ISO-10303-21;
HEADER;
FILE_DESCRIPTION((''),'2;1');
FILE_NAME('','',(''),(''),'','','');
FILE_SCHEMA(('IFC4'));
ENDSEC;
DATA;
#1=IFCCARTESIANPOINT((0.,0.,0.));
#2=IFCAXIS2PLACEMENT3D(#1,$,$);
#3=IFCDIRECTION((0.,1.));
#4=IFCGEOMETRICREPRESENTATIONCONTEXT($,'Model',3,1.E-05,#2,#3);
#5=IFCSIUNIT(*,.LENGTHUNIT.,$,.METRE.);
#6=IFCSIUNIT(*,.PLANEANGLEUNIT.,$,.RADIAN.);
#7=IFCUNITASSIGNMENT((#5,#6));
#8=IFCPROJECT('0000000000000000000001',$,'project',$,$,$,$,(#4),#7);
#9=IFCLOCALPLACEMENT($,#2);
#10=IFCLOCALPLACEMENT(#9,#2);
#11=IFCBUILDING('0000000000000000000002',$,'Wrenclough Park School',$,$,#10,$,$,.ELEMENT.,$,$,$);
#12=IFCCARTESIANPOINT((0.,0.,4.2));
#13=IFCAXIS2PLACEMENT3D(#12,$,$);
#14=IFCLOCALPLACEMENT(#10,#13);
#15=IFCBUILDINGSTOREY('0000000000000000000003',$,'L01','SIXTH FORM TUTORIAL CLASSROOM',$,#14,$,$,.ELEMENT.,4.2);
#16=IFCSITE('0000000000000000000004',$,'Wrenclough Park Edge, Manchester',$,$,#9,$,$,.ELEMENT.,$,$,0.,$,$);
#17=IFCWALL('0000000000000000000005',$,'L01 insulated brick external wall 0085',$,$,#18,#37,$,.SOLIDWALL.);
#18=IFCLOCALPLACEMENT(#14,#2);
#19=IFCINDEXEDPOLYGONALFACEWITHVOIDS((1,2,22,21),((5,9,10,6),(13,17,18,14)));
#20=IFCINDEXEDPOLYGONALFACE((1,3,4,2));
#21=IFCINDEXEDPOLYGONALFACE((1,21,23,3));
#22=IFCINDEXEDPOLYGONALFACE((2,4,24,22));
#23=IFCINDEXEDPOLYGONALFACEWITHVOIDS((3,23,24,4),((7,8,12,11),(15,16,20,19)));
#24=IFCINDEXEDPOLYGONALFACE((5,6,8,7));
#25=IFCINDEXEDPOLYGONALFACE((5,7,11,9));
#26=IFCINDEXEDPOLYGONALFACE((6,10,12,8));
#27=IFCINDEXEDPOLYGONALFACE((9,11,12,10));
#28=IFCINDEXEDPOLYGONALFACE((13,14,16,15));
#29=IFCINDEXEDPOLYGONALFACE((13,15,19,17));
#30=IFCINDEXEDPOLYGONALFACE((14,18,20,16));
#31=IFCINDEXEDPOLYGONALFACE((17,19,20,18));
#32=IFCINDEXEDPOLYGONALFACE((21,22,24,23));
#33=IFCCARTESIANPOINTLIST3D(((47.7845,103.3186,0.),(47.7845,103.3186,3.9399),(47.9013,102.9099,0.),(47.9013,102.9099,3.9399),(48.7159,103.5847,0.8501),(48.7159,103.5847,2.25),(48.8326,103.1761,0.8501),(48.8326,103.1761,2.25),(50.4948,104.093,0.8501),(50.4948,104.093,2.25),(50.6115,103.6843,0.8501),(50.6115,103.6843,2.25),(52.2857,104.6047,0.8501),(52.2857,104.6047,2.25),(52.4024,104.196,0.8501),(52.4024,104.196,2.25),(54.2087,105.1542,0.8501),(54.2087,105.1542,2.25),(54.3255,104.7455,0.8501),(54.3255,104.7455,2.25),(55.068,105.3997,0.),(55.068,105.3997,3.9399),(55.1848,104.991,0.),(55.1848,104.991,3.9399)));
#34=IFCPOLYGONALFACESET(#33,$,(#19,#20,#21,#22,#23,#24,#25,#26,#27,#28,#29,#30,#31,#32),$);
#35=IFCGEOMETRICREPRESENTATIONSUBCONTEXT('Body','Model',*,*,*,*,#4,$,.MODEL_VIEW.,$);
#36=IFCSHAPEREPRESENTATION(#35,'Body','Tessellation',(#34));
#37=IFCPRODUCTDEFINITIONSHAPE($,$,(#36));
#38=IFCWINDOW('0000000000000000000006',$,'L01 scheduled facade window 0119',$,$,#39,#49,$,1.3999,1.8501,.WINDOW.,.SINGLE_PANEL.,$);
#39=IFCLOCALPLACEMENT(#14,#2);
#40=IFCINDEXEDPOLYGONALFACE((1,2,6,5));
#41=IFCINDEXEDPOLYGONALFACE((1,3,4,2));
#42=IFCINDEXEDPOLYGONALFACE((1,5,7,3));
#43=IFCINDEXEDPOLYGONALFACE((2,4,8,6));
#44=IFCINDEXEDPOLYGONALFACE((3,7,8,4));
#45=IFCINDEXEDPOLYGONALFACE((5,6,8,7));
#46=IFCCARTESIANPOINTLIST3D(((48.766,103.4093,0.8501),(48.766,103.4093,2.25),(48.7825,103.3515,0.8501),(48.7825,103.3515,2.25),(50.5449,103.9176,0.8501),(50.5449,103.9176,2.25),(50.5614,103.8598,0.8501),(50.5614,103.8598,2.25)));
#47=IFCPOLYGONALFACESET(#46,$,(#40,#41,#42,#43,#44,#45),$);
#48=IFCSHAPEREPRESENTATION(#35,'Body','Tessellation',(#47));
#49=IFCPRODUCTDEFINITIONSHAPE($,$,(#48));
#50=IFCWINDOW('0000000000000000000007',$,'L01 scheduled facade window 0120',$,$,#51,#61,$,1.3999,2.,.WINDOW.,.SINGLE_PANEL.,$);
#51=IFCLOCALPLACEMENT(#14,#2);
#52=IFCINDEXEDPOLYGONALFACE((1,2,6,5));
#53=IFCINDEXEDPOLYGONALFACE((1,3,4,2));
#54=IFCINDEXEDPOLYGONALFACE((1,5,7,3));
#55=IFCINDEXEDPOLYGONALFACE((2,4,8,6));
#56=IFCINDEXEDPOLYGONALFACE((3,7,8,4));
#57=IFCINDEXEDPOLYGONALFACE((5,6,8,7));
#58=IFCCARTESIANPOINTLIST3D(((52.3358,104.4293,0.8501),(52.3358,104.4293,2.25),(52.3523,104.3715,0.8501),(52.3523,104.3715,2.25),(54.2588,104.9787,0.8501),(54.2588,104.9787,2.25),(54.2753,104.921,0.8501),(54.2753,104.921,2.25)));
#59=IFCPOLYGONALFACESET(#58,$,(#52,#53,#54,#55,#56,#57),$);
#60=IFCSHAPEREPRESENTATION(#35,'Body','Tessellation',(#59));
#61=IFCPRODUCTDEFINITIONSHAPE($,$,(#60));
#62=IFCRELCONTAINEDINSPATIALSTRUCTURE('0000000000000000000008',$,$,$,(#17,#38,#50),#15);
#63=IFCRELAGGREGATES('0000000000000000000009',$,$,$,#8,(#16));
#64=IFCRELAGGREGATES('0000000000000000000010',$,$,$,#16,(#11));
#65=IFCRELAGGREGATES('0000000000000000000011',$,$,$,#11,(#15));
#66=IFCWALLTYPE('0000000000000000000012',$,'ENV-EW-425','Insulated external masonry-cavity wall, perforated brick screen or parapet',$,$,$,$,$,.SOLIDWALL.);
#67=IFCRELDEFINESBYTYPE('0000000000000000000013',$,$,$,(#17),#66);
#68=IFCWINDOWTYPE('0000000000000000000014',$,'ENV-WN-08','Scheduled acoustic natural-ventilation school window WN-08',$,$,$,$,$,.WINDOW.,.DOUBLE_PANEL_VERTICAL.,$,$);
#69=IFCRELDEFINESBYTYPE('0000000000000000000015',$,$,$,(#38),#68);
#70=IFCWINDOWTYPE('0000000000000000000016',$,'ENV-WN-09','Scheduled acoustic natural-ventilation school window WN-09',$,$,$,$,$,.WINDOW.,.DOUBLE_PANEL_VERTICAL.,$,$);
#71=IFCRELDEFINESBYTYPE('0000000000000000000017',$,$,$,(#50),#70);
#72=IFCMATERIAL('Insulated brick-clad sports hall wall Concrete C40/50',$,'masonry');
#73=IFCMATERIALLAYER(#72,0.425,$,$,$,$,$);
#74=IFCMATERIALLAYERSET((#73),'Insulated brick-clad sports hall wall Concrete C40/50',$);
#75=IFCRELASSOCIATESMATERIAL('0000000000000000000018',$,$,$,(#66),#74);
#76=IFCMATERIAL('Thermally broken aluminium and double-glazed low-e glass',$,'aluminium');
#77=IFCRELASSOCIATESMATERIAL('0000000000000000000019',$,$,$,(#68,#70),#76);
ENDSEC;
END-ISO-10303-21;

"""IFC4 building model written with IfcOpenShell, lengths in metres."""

from ifc_helpers import new_model, si_unit, direction, frame, frame_2d, origin, place, context, subcontext, project, spatial, rectangle, extrude, material, layer, layer_set, type_object, element, fill, save


model = new_model("IFC4")

# Units and contexts
model_context = context("Model", 3, precision=1e-05, world=origin(), true_north=direction((0.0, 1.0)))
body_context = subcontext(model_context, "Body", "Model", "MODEL_VIEW")
ifc_project = project(units=[si_unit("LENGTHUNIT", "METRE"), si_unit("PLANEANGLEUNIT", "RADIAN")], contexts=[model_context])

# Site, building, storey
site_placement = place(None, origin())
site = spatial("IfcSite", under=ifc_project, at=site_placement, Name="Wrenclough Park Edge, Manchester", CompositionType="ELEMENT", RefElevation=0.0)
building_placement = place(site_placement, origin())
building = spatial("IfcBuilding", under=site, at=building_placement, Name="Wrenclough Park School", CompositionType="ELEMENT")
storey_placement = place(building_placement, frame((0.0, 0.0, 4.2)))
storey = spatial("IfcBuildingStorey", under=building, at=storey_placement, Name="L01", Description="SIXTH FORM TUTORIAL CLASSROOM", CompositionType="ELEMENT", Elevation=4.2)

# Wall, openings, windows
ifc_material_1 = material(Name="Insulated brick-clad sports hall wall Concrete C40/50", Category="masonry")
ifc_layer_1 = layer(ifc_material_1, 0.425)
ifc_layer_set_1 = layer_set([ifc_layer_1], Name="Insulated brick-clad sports hall wall Concrete C40/50")
wall_type = type_object("IfcWallType", Name="ENV-EW-425", Description="Insulated external masonry-cavity wall, perforated brick screen or parapet", PredefinedType="SOLIDWALL", material=ifc_layer_set_1)
wall_placement = place(storey_placement, frame((47.8428, 103.1143, 0.0), z_axis=(0.0, 0.0, 1.0), x_axis=(0.961522, 0.27473, 0.0)))
wall = element("IfcWall", 1, at=wall_placement, inside=storey, type_object=wall_type, Name="L01 insulated brick external wall 0085", PredefinedType="SOLIDWALL", context=body_context, shape_type="SweptSolid", body=[
    extrude(rectangle(XDim=7.575, YDim=0.425, at=frame_2d((3.7876, 0.0))), origin(), (0.0, 0.0, 1.0), 3.9399),
])
opening_1_placement = place(wall_placement, frame((0.9688, 0.0, 0.8501)))
opening_1 = element("IfcOpeningElement", 2, at=opening_1_placement, cuts=wall, PredefinedType="OPENING", context=body_context, shape_type="SweptSolid", body=[
    extrude(rectangle(XDim=1.8501, YDim=1.3999, at=frame_2d((0.925, 0.7))), frame((0.0, 0.2224, 0.0), z_axis=(0.0, -1.0, 0.0), x_axis=(1.0, 0.0, 0.0)), (0.0, 0.0, 1.0), 0.4451),
])
opening_2_placement = place(wall_placement, frame((4.6814, 0.0, 0.8501)))
opening_2 = element("IfcOpeningElement", 3, at=opening_2_placement, cuts=wall, PredefinedType="OPENING", context=body_context, shape_type="SweptSolid", body=[
    extrude(rectangle(XDim=2.0, YDim=1.3999, at=frame_2d((1.0, 0.7))), frame((0.0, 0.2224, 0.0), z_axis=(0.0, -1.0, 0.0), x_axis=(1.0, 0.0, 0.0)), (0.0, 0.0, 1.0), 0.4451),
])
ifc_material_2 = material(Name="Thermally broken aluminium and double-glazed low-e glass", Category="aluminium")
window_type_1 = type_object("IfcWindowType", Name="ENV-WN-08", Description="Scheduled acoustic natural-ventilation school window WN-08", PartitioningType="DOUBLE_PANEL_VERTICAL", PredefinedType="WINDOW", material=ifc_material_2)
window_1_placement = place(opening_1_placement, origin())
window_1 = element("IfcWindow", 4, at=window_1_placement, inside=storey, type_object=window_type_1, Name="L01 scheduled facade window 0119", OverallHeight=1.3999, OverallWidth=1.8501, PartitioningType="SINGLE_PANEL", PredefinedType="WINDOW", context=body_context, shape_type="SweptSolid", body=[
    extrude(rectangle(XDim=1.8501, YDim=1.3999, at=frame_2d((0.925, 0.7))), frame((0.0, 0.03, 0.0), z_axis=(0.0, -1.0, 0.0), x_axis=(1.0, 0.0, 0.0)), (0.0, 0.0, 1.0), 0.0601),
])
fill(opening_1, window_1)
window_type_2 = type_object("IfcWindowType", Name="ENV-WN-09", Description="Scheduled acoustic natural-ventilation school window WN-09", PartitioningType="DOUBLE_PANEL_VERTICAL", PredefinedType="WINDOW", material=ifc_material_2)
window_2_placement = place(opening_2_placement, origin())
window_2 = element("IfcWindow", 5, at=window_2_placement, inside=storey, type_object=window_type_2, Name="L01 scheduled facade window 0120", OverallHeight=1.3999, OverallWidth=2.0, PartitioningType="SINGLE_PANEL", PredefinedType="WINDOW", context=body_context, shape_type="SweptSolid", body=[
    extrude(rectangle(XDim=2.0, YDim=1.3999, at=frame_2d((1.0, 0.7))), frame((0.0, 0.03, 0.0), z_axis=(0.0, -1.0, 0.0), x_axis=(1.0, 0.0, 0.0)), (0.0, 0.0, 1.0), 0.0601),
])
fill(opening_2, window_2)

save(model, "model.ifc")
